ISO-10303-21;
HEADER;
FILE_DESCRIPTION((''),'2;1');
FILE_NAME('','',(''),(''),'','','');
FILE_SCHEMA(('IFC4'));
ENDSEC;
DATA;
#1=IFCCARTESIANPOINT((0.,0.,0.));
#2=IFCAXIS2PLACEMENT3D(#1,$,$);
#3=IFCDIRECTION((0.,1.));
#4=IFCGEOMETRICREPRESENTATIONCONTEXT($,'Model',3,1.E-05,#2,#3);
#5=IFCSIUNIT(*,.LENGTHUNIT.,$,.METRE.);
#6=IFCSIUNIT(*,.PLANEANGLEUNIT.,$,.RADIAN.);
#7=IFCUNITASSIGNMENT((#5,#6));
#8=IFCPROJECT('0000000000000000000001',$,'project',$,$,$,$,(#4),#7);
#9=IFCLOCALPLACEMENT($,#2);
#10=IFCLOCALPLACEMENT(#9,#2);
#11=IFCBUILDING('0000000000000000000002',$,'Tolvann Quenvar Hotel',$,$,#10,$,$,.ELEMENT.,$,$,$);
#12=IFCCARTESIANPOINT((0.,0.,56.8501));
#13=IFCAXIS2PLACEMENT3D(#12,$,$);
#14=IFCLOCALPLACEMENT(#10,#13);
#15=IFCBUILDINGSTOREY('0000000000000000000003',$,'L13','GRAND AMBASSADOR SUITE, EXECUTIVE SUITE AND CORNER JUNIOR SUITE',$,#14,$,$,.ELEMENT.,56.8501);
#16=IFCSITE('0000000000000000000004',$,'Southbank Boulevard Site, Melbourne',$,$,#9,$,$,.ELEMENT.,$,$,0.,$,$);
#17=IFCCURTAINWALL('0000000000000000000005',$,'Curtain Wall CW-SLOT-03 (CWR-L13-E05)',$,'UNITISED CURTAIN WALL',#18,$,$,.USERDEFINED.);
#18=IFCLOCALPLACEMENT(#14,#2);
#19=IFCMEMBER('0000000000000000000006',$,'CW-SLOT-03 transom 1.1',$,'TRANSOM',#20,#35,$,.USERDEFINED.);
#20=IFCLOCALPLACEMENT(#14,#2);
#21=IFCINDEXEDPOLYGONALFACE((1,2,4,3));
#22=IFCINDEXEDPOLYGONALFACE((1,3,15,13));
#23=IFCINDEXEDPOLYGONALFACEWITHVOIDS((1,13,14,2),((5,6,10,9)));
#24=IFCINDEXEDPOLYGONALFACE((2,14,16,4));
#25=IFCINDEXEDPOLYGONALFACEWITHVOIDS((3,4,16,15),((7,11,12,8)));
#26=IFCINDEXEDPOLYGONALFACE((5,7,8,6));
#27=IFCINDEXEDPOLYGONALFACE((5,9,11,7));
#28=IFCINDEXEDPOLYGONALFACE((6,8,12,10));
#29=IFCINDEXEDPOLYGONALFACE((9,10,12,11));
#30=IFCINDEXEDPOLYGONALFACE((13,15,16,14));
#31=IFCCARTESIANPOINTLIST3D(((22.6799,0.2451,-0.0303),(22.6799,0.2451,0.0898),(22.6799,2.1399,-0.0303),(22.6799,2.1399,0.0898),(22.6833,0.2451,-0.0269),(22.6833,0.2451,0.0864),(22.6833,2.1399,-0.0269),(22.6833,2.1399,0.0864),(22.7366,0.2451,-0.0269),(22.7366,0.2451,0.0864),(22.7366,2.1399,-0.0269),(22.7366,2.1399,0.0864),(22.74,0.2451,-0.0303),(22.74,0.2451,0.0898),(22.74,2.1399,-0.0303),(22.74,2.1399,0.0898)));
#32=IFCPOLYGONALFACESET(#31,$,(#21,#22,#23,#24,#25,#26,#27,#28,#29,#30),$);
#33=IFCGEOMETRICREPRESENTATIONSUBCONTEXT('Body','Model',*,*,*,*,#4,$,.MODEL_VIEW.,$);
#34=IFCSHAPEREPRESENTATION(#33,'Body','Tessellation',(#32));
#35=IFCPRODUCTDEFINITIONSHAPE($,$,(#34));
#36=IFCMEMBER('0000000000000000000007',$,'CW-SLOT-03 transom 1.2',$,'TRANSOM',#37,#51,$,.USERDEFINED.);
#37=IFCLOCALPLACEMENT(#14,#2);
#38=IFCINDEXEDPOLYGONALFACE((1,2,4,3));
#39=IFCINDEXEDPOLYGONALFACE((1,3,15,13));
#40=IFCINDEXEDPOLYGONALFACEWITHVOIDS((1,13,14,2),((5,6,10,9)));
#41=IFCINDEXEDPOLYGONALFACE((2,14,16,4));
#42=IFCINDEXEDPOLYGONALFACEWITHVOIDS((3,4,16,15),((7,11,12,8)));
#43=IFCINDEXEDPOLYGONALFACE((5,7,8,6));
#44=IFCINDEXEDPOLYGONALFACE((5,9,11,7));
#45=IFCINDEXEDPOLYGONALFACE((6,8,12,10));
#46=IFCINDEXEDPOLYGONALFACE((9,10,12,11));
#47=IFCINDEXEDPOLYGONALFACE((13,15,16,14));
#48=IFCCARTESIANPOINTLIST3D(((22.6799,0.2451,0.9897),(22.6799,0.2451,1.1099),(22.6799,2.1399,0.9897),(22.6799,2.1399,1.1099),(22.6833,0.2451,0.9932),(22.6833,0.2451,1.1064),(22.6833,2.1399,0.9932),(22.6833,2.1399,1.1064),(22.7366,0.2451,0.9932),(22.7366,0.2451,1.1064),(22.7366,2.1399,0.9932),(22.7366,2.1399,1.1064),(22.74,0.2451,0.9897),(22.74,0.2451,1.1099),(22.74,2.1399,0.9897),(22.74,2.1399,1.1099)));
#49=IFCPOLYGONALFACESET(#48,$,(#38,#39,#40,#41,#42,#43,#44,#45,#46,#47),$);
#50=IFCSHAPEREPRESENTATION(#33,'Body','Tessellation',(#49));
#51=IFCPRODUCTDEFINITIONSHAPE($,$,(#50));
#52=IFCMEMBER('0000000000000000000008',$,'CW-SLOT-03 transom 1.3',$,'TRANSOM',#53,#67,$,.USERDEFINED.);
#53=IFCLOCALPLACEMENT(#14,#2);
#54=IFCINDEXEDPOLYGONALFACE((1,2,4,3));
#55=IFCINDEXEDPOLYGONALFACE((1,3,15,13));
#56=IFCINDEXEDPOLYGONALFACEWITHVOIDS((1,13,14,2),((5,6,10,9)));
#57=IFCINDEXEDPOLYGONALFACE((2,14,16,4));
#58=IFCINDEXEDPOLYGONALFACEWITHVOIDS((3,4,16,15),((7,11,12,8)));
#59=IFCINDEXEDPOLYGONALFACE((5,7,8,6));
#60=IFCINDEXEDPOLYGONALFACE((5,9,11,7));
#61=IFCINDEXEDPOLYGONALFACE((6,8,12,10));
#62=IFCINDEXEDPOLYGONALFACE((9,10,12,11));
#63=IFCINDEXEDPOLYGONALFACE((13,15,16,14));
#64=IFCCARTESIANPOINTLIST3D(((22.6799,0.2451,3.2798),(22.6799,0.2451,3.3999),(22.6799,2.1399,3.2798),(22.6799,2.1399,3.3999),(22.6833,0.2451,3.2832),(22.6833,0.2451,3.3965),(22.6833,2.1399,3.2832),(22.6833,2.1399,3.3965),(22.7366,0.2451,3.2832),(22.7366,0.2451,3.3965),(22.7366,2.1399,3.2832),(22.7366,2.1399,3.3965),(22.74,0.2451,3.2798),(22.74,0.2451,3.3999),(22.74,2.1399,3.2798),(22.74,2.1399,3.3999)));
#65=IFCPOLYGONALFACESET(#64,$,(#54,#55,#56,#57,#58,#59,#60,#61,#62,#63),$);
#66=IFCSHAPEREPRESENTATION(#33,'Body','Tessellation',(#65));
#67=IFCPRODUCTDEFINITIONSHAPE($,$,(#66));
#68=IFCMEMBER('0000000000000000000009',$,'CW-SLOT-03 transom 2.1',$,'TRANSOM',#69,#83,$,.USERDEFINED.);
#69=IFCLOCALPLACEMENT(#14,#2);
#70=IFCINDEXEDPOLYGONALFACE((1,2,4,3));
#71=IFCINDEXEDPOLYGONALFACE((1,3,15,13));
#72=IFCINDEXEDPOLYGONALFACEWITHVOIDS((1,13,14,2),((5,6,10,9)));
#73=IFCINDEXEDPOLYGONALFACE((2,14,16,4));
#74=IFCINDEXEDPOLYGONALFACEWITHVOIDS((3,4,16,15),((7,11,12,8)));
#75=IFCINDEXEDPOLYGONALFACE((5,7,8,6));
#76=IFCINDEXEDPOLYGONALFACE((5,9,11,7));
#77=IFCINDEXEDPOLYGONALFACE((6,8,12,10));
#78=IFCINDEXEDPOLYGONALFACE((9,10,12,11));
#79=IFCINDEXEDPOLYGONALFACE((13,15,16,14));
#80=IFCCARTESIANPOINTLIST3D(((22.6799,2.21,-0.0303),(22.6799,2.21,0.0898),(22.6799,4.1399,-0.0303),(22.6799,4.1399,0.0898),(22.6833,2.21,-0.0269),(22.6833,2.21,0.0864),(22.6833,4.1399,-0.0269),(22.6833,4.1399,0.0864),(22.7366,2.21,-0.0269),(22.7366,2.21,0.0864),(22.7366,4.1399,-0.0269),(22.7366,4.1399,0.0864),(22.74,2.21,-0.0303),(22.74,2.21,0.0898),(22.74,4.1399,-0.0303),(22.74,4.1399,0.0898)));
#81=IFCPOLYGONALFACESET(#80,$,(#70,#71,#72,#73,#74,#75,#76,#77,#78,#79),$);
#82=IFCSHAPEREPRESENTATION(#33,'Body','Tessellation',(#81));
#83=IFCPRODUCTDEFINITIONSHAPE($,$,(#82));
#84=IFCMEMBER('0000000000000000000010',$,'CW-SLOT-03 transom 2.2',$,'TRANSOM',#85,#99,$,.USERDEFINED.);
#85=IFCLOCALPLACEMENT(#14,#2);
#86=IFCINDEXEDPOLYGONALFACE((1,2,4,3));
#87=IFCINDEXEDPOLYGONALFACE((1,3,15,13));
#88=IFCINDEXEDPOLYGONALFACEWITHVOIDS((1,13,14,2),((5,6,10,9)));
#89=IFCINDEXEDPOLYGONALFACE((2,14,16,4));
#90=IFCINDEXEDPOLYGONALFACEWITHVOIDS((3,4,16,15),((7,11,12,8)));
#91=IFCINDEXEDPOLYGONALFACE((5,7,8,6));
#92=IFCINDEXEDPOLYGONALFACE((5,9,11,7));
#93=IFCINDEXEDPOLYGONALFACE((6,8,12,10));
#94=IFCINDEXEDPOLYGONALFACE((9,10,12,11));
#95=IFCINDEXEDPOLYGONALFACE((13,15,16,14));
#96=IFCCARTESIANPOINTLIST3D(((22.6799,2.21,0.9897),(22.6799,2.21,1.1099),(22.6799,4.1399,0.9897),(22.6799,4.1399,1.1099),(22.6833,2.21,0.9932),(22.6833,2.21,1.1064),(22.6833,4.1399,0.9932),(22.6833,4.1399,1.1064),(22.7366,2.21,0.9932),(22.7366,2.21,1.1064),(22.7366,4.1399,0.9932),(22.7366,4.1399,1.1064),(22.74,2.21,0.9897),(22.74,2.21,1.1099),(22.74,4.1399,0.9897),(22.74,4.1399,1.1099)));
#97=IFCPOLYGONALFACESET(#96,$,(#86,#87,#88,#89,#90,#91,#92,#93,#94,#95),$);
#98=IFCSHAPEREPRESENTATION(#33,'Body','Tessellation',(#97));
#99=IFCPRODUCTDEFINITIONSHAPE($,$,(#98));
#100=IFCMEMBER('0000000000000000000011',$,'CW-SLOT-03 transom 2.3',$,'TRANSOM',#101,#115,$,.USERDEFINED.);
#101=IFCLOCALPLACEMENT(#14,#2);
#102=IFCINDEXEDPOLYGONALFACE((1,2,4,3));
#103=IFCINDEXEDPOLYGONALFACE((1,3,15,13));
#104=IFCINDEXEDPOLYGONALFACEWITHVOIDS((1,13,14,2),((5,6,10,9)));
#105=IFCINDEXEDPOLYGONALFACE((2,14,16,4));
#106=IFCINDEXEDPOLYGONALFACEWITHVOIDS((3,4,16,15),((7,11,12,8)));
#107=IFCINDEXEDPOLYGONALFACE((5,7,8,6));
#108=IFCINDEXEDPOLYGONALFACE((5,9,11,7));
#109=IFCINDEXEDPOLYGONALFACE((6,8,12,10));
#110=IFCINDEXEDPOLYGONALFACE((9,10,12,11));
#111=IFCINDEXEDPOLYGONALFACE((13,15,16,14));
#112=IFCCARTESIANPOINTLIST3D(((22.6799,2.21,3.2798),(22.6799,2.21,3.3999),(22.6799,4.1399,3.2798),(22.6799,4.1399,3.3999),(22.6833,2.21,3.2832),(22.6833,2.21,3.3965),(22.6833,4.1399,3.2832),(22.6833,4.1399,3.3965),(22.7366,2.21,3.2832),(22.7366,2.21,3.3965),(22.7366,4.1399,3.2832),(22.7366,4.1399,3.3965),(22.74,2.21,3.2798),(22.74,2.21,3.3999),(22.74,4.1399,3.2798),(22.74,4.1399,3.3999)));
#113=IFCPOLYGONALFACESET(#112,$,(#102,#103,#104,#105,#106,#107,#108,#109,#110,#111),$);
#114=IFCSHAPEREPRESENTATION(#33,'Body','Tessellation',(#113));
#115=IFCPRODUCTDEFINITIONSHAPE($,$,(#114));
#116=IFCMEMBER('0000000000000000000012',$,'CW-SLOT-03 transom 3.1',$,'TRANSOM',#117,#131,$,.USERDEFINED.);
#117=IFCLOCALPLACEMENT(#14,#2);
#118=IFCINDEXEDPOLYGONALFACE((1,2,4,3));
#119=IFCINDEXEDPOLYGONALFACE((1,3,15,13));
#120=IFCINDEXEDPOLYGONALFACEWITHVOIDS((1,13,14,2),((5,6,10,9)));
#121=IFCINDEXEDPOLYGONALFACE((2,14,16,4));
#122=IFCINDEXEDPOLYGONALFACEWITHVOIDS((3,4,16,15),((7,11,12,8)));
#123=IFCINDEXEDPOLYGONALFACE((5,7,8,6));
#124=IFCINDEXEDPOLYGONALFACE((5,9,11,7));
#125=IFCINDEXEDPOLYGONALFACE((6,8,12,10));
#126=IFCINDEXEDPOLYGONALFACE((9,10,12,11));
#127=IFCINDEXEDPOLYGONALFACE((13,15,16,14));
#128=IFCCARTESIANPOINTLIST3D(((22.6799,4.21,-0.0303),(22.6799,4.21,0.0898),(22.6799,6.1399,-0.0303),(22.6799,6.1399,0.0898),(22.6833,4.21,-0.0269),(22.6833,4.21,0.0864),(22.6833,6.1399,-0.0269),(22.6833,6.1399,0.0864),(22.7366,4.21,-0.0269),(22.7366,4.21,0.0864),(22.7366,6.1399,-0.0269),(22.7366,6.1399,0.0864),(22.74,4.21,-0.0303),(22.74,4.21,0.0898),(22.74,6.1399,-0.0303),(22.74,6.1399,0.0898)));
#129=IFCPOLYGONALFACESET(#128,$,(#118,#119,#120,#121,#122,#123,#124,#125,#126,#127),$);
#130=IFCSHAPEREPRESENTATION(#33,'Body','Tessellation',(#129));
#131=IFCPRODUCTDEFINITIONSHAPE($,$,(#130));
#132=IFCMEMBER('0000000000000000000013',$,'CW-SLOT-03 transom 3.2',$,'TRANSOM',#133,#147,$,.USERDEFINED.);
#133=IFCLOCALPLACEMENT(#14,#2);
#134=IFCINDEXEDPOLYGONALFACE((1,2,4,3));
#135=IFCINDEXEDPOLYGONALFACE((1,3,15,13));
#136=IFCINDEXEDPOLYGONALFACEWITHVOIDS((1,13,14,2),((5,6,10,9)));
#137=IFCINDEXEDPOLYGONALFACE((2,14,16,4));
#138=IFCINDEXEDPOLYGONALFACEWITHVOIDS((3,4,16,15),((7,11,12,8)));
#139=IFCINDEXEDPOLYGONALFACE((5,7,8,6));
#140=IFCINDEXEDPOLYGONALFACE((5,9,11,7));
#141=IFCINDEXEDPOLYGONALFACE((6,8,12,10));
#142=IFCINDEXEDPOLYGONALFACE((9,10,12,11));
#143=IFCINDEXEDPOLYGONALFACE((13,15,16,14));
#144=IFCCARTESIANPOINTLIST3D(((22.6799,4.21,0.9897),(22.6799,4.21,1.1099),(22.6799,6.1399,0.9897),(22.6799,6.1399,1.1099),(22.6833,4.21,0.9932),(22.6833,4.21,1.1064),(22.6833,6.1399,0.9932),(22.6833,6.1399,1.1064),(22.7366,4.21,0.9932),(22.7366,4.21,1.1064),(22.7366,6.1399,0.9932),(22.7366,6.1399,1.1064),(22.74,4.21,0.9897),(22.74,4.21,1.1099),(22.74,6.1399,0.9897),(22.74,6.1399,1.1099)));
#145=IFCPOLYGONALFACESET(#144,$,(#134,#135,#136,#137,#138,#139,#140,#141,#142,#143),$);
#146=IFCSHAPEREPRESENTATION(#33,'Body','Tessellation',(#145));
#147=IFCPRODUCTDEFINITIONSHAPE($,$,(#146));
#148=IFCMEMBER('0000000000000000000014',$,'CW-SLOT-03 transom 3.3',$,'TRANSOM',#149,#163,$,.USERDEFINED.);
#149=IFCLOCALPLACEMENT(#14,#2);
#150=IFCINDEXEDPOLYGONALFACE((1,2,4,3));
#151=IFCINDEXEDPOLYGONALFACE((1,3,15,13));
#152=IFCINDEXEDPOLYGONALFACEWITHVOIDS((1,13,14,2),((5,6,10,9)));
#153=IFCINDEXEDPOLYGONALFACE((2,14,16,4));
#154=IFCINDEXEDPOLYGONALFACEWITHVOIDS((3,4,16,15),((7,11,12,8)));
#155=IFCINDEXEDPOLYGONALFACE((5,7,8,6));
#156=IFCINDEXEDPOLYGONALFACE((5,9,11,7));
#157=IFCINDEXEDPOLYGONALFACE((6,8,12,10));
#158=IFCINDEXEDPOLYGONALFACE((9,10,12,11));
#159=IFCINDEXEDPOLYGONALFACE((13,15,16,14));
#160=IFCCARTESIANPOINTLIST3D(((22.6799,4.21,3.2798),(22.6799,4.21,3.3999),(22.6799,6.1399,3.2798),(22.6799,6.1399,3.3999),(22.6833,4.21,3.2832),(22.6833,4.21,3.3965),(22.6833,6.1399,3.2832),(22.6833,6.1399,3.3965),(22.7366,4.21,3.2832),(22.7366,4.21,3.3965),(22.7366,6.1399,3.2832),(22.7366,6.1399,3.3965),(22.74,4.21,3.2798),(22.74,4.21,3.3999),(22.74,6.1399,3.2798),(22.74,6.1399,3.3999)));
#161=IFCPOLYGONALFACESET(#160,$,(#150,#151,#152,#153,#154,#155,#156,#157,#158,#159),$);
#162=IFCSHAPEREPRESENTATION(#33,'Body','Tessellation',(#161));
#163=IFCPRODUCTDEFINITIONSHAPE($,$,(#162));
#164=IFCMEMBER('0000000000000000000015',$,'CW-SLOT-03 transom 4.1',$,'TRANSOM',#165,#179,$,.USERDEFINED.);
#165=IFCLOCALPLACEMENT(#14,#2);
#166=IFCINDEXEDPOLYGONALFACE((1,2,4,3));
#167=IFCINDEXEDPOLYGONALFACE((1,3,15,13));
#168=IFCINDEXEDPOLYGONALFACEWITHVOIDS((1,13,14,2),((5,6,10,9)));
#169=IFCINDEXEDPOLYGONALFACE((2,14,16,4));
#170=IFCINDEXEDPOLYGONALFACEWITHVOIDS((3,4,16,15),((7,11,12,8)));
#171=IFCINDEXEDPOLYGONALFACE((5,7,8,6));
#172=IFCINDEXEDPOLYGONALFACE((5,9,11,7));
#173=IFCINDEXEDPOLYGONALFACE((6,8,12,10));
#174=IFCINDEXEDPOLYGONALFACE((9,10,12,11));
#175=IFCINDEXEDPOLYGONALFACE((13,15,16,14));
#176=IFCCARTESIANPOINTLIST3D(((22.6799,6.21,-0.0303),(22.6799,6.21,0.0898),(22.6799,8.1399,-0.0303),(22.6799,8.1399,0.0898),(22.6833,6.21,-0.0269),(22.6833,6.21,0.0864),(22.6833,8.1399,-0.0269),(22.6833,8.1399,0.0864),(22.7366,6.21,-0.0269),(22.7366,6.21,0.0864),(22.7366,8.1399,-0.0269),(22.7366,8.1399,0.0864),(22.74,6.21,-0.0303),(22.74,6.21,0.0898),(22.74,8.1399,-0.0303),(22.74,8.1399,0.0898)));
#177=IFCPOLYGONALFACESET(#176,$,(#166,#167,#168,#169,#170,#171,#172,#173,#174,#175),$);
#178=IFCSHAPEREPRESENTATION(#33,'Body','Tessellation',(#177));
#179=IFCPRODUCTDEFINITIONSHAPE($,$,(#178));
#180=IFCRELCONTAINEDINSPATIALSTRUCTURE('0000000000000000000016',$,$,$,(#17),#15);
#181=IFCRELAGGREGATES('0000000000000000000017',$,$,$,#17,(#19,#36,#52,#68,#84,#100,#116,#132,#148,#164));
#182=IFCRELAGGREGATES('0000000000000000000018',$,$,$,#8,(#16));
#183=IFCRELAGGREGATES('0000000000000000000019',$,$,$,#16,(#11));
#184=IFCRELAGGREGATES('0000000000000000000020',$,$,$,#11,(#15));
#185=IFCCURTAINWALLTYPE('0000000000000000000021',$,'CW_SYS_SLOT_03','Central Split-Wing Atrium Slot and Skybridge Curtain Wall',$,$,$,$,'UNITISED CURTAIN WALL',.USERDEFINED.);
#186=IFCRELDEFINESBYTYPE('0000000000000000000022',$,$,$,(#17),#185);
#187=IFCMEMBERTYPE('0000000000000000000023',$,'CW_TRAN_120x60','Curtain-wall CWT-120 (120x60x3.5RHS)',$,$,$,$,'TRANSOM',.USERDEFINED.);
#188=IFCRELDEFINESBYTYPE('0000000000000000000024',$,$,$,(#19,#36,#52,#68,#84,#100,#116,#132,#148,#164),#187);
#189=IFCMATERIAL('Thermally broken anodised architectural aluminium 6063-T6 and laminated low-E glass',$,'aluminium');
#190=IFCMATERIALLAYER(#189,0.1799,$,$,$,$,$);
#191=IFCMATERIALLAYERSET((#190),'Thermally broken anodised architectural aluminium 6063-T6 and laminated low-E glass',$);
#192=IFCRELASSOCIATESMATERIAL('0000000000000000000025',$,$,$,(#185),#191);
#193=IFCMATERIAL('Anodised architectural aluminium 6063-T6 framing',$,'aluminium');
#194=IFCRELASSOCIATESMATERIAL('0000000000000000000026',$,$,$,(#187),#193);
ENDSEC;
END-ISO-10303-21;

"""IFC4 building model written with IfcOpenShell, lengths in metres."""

from ifc_helpers import new_model, si_unit, direction, frame, origin, origin_2d, place, context, subcontext, project, spatial, hollow_rectangle, extrude, source, transform, mapped, material, layer, layer_set, material_profile, profile_set, type_object, type_shapes, element, aggregate, save


model = new_model("IFC4")

# Units and contexts
model_context = context("Model", 3, precision=1e-05, world=origin(), true_north=direction((0.0, 1.0)))
body_context = subcontext(model_context, "Body", "Model", "MODEL_VIEW")
ifc_project = project(units=[si_unit("LENGTHUNIT", "METRE"), si_unit("PLANEANGLEUNIT", "RADIAN")], contexts=[model_context])

# Site, building, storey
site_placement = place(None, origin())
site = spatial("IfcSite", under=ifc_project, at=site_placement, Name="Southbank Boulevard Site, Melbourne", CompositionType="ELEMENT", RefElevation=0.0)
building_placement = place(site_placement, origin())
building = spatial("IfcBuilding", under=site, at=building_placement, Name="Tolvann Quenvar Hotel", CompositionType="ELEMENT")
storey_placement = place(building_placement, frame((0.0, 0.0, 56.8501)))
storey = spatial("IfcBuildingStorey", under=building, at=storey_placement, Name="L13", Description="GRAND AMBASSADOR SUITE, EXECUTIVE SUITE AND CORNER JUNIOR SUITE", CompositionType="ELEMENT", Elevation=56.8501)

# Curtain wall, members
ifc_material_1 = material(Name="Thermally broken anodised architectural aluminium 6063-T6 and laminated low-E glass", Category="aluminium")
ifc_layer_1 = layer(ifc_material_1, 0.1799)
ifc_layer_set_1 = layer_set([ifc_layer_1], Name="Thermally broken anodised architectural aluminium 6063-T6 and laminated low-E glass")
curtain_wall_type = type_object("IfcCurtainWallType", Name="CW_SYS_SLOT_03", Description="Central Split-Wing Atrium Slot and Skybridge Curtain Wall", ElementType="UNITISED CURTAIN WALL", PredefinedType="USERDEFINED", material=ifc_layer_set_1)
curtain_wall_placement = place(storey_placement, origin())
curtain_wall = element("IfcCurtainWall", 1, at=curtain_wall_placement, inside=storey, type_object=curtain_wall_type, Name="Curtain Wall CW-SLOT-03 (CWR-L13-E05)", ObjectType="UNITISED CURTAIN WALL", PredefinedType="USERDEFINED")
ifc_material_2 = material(Name="Anodised architectural aluminium 6063-T6 framing", Category="aluminium")
ifc_material_profile_1 = material_profile(ifc_material_2, hollow_rectangle(XDim=0.0601, YDim=0.1201, WallThickness=0.0034, at=origin_2d()), Name="120x60x3.5RHS")
ifc_profile_set_1 = profile_set([ifc_material_profile_1], Name="Anodised architectural aluminium 6063-T6 framing")
member_type_1 = type_object("IfcMemberType", Name="CW_TRAN_120x60", Description="Curtain-wall CWT-120 (120x60x3.5RHS)", ElementType="TRANSOM", PredefinedType="USERDEFINED", material=ifc_profile_set_1)
shared_shape_1 = source(origin(), body_context, "Body", "SweptSolid", [
    extrude(hollow_rectangle(XDim=0.0601, YDim=0.1201, WallThickness=0.0034, at=origin_2d()), origin(), (0.0, 0.0, 1.0), 1.8948),
])
member_1_placement = place(storey_placement, frame((22.71, 0.2451, 0.0298), z_axis=(0.0, 1.0, 0.0), x_axis=(-1.0, 0.0, 0.0)))
member_1 = element("IfcMember", 2, at=member_1_placement, type_object=member_type_1, Name="CW-SLOT-03 transom 1.1", ObjectType="TRANSOM", PredefinedType="USERDEFINED", context=body_context, shape_type="MappedRepresentation", body=[
    mapped(shared_shape_1, transform((0.0, 0.0, 0.0), x_axis=(1.0, 0.0, 0.0), y_axis=(0.0, 1.0, 0.0), z_axis=(0.0, 0.0, 1.0), scale=1.0)),
])
member_2_placement = place(storey_placement, frame((22.71, 0.2451, 1.0498), z_axis=(0.0, 1.0, 0.0), x_axis=(-1.0, 0.0, 0.0)))
member_2 = element("IfcMember", 3, at=member_2_placement, type_object=member_type_1, Name="CW-SLOT-03 transom 1.2", ObjectType="TRANSOM", PredefinedType="USERDEFINED", context=body_context, shape_type="MappedRepresentation", body=[
    mapped(shared_shape_1, transform((0.0, 0.0, 0.0), x_axis=(1.0, 0.0, 0.0), y_axis=(0.0, 1.0, 0.0), z_axis=(0.0, 0.0, 1.0), scale=1.0)),
])
member_3_placement = place(storey_placement, frame((22.71, 0.2451, 3.3398), z_axis=(0.0, 1.0, 0.0), x_axis=(-1.0, 0.0, 0.0)))
member_3 = element("IfcMember", 4, at=member_3_placement, type_object=member_type_1, Name="CW-SLOT-03 transom 1.3", ObjectType="TRANSOM", PredefinedType="USERDEFINED", context=body_context, shape_type="MappedRepresentation", body=[
    mapped(shared_shape_1, transform((0.0, 0.0, 0.0), x_axis=(1.0, 0.0, 0.0), y_axis=(0.0, 1.0, 0.0), z_axis=(0.0, 0.0, 1.0), scale=1.0)),
])
shared_shape_2 = source(origin(), body_context, "Body", "SweptSolid", [
    extrude(hollow_rectangle(XDim=0.0601, YDim=0.1201, WallThickness=0.0034, at=origin_2d()), origin(), (0.0, 0.0, 1.0), 1.9299),
])
type_shapes(member_type_1, [shared_shape_1, shared_shape_2])
member_4_placement = place(storey_placement, frame((22.71, 2.21, 0.0298), z_axis=(0.0, 1.0, 0.0), x_axis=(-1.0, 0.0, 0.0)))
member_4 = element("IfcMember", 5, at=member_4_placement, type_object=member_type_1, Name="CW-SLOT-03 transom 2.1", ObjectType="TRANSOM", PredefinedType="USERDEFINED", context=body_context, shape_type="MappedRepresentation", body=[
    mapped(shared_shape_2, transform((0.0, 0.0, 0.0), x_axis=(1.0, 0.0, 0.0), y_axis=(0.0, 1.0, 0.0), z_axis=(0.0, 0.0, 1.0), scale=1.0)),
])
member_5_placement = place(storey_placement, frame((22.71, 2.21, 1.0498), z_axis=(0.0, 1.0, 0.0), x_axis=(-1.0, 0.0, 0.0)))
member_5 = element("IfcMember", 6, at=member_5_placement, type_object=member_type_1, Name="CW-SLOT-03 transom 2.2", ObjectType="TRANSOM", PredefinedType="USERDEFINED", context=body_context, shape_type="MappedRepresentation", body=[
    mapped(shared_shape_2, transform((0.0, 0.0, 0.0), x_axis=(1.0, 0.0, 0.0), y_axis=(0.0, 1.0, 0.0), z_axis=(0.0, 0.0, 1.0), scale=1.0)),
])
member_6_placement = place(storey_placement, frame((22.71, 2.21, 3.3398), z_axis=(0.0, 1.0, 0.0), x_axis=(-1.0, 0.0, 0.0)))
member_6 = element("IfcMember", 7, at=member_6_placement, type_object=member_type_1, Name="CW-SLOT-03 transom 2.3", ObjectType="TRANSOM", PredefinedType="USERDEFINED", context=body_context, shape_type="MappedRepresentation", body=[
    mapped(shared_shape_2, transform((0.0, 0.0, 0.0), x_axis=(1.0, 0.0, 0.0), y_axis=(0.0, 1.0, 0.0), z_axis=(0.0, 0.0, 1.0), scale=1.0)),
])
member_7_placement = place(storey_placement, frame((22.71, 4.21, 0.0298), z_axis=(0.0, 1.0, 0.0), x_axis=(-1.0, 0.0, 0.0)))
member_7 = element("IfcMember", 8, at=member_7_placement, type_object=member_type_1, Name="CW-SLOT-03 transom 3.1", ObjectType="TRANSOM", PredefinedType="USERDEFINED", context=body_context, shape_type="MappedRepresentation", body=[
    mapped(shared_shape_2, transform((0.0, 0.0, 0.0), x_axis=(1.0, 0.0, 0.0), y_axis=(0.0, 1.0, 0.0), z_axis=(0.0, 0.0, 1.0), scale=1.0)),
])
member_8_placement = place(storey_placement, frame((22.71, 4.21, 1.0498), z_axis=(0.0, 1.0, 0.0), x_axis=(-1.0, 0.0, 0.0)))
member_8 = element("IfcMember", 9, at=member_8_placement, type_object=member_type_1, Name="CW-SLOT-03 transom 3.2", ObjectType="TRANSOM", PredefinedType="USERDEFINED", context=body_context, shape_type="MappedRepresentation", body=[
    mapped(shared_shape_2, transform((0.0, 0.0, 0.0), x_axis=(1.0, 0.0, 0.0), y_axis=(0.0, 1.0, 0.0), z_axis=(0.0, 0.0, 1.0), scale=1.0)),
])
member_9_placement = place(storey_placement, frame((22.71, 4.21, 3.3398), z_axis=(0.0, 1.0, 0.0), x_axis=(-1.0, 0.0, 0.0)))
member_9 = element("IfcMember", 10, at=member_9_placement, type_object=member_type_1, Name="CW-SLOT-03 transom 3.3", ObjectType="TRANSOM", PredefinedType="USERDEFINED", context=body_context, shape_type="MappedRepresentation", body=[
    mapped(shared_shape_2, transform((0.0, 0.0, 0.0), x_axis=(1.0, 0.0, 0.0), y_axis=(0.0, 1.0, 0.0), z_axis=(0.0, 0.0, 1.0), scale=1.0)),
])
member_10_placement = place(storey_placement, frame((22.71, 6.21, 0.0298), z_axis=(0.0, 1.0, 0.0), x_axis=(-1.0, 0.0, 0.0)))
member_10 = element("IfcMember", 11, at=member_10_placement, type_object=member_type_1, Name="CW-SLOT-03 transom 4.1", ObjectType="TRANSOM", PredefinedType="USERDEFINED", context=body_context, shape_type="MappedRepresentation", body=[
    mapped(shared_shape_2, transform((0.0, 0.0, 0.0), x_axis=(1.0, 0.0, 0.0), y_axis=(0.0, 1.0, 0.0), z_axis=(0.0, 0.0, 1.0), scale=1.0)),
])
aggregate(curtain_wall, [member_1, member_2, member_3, member_4, member_5, member_6, member_7, member_8, member_9, member_10])

save(model, "model.ifc")
